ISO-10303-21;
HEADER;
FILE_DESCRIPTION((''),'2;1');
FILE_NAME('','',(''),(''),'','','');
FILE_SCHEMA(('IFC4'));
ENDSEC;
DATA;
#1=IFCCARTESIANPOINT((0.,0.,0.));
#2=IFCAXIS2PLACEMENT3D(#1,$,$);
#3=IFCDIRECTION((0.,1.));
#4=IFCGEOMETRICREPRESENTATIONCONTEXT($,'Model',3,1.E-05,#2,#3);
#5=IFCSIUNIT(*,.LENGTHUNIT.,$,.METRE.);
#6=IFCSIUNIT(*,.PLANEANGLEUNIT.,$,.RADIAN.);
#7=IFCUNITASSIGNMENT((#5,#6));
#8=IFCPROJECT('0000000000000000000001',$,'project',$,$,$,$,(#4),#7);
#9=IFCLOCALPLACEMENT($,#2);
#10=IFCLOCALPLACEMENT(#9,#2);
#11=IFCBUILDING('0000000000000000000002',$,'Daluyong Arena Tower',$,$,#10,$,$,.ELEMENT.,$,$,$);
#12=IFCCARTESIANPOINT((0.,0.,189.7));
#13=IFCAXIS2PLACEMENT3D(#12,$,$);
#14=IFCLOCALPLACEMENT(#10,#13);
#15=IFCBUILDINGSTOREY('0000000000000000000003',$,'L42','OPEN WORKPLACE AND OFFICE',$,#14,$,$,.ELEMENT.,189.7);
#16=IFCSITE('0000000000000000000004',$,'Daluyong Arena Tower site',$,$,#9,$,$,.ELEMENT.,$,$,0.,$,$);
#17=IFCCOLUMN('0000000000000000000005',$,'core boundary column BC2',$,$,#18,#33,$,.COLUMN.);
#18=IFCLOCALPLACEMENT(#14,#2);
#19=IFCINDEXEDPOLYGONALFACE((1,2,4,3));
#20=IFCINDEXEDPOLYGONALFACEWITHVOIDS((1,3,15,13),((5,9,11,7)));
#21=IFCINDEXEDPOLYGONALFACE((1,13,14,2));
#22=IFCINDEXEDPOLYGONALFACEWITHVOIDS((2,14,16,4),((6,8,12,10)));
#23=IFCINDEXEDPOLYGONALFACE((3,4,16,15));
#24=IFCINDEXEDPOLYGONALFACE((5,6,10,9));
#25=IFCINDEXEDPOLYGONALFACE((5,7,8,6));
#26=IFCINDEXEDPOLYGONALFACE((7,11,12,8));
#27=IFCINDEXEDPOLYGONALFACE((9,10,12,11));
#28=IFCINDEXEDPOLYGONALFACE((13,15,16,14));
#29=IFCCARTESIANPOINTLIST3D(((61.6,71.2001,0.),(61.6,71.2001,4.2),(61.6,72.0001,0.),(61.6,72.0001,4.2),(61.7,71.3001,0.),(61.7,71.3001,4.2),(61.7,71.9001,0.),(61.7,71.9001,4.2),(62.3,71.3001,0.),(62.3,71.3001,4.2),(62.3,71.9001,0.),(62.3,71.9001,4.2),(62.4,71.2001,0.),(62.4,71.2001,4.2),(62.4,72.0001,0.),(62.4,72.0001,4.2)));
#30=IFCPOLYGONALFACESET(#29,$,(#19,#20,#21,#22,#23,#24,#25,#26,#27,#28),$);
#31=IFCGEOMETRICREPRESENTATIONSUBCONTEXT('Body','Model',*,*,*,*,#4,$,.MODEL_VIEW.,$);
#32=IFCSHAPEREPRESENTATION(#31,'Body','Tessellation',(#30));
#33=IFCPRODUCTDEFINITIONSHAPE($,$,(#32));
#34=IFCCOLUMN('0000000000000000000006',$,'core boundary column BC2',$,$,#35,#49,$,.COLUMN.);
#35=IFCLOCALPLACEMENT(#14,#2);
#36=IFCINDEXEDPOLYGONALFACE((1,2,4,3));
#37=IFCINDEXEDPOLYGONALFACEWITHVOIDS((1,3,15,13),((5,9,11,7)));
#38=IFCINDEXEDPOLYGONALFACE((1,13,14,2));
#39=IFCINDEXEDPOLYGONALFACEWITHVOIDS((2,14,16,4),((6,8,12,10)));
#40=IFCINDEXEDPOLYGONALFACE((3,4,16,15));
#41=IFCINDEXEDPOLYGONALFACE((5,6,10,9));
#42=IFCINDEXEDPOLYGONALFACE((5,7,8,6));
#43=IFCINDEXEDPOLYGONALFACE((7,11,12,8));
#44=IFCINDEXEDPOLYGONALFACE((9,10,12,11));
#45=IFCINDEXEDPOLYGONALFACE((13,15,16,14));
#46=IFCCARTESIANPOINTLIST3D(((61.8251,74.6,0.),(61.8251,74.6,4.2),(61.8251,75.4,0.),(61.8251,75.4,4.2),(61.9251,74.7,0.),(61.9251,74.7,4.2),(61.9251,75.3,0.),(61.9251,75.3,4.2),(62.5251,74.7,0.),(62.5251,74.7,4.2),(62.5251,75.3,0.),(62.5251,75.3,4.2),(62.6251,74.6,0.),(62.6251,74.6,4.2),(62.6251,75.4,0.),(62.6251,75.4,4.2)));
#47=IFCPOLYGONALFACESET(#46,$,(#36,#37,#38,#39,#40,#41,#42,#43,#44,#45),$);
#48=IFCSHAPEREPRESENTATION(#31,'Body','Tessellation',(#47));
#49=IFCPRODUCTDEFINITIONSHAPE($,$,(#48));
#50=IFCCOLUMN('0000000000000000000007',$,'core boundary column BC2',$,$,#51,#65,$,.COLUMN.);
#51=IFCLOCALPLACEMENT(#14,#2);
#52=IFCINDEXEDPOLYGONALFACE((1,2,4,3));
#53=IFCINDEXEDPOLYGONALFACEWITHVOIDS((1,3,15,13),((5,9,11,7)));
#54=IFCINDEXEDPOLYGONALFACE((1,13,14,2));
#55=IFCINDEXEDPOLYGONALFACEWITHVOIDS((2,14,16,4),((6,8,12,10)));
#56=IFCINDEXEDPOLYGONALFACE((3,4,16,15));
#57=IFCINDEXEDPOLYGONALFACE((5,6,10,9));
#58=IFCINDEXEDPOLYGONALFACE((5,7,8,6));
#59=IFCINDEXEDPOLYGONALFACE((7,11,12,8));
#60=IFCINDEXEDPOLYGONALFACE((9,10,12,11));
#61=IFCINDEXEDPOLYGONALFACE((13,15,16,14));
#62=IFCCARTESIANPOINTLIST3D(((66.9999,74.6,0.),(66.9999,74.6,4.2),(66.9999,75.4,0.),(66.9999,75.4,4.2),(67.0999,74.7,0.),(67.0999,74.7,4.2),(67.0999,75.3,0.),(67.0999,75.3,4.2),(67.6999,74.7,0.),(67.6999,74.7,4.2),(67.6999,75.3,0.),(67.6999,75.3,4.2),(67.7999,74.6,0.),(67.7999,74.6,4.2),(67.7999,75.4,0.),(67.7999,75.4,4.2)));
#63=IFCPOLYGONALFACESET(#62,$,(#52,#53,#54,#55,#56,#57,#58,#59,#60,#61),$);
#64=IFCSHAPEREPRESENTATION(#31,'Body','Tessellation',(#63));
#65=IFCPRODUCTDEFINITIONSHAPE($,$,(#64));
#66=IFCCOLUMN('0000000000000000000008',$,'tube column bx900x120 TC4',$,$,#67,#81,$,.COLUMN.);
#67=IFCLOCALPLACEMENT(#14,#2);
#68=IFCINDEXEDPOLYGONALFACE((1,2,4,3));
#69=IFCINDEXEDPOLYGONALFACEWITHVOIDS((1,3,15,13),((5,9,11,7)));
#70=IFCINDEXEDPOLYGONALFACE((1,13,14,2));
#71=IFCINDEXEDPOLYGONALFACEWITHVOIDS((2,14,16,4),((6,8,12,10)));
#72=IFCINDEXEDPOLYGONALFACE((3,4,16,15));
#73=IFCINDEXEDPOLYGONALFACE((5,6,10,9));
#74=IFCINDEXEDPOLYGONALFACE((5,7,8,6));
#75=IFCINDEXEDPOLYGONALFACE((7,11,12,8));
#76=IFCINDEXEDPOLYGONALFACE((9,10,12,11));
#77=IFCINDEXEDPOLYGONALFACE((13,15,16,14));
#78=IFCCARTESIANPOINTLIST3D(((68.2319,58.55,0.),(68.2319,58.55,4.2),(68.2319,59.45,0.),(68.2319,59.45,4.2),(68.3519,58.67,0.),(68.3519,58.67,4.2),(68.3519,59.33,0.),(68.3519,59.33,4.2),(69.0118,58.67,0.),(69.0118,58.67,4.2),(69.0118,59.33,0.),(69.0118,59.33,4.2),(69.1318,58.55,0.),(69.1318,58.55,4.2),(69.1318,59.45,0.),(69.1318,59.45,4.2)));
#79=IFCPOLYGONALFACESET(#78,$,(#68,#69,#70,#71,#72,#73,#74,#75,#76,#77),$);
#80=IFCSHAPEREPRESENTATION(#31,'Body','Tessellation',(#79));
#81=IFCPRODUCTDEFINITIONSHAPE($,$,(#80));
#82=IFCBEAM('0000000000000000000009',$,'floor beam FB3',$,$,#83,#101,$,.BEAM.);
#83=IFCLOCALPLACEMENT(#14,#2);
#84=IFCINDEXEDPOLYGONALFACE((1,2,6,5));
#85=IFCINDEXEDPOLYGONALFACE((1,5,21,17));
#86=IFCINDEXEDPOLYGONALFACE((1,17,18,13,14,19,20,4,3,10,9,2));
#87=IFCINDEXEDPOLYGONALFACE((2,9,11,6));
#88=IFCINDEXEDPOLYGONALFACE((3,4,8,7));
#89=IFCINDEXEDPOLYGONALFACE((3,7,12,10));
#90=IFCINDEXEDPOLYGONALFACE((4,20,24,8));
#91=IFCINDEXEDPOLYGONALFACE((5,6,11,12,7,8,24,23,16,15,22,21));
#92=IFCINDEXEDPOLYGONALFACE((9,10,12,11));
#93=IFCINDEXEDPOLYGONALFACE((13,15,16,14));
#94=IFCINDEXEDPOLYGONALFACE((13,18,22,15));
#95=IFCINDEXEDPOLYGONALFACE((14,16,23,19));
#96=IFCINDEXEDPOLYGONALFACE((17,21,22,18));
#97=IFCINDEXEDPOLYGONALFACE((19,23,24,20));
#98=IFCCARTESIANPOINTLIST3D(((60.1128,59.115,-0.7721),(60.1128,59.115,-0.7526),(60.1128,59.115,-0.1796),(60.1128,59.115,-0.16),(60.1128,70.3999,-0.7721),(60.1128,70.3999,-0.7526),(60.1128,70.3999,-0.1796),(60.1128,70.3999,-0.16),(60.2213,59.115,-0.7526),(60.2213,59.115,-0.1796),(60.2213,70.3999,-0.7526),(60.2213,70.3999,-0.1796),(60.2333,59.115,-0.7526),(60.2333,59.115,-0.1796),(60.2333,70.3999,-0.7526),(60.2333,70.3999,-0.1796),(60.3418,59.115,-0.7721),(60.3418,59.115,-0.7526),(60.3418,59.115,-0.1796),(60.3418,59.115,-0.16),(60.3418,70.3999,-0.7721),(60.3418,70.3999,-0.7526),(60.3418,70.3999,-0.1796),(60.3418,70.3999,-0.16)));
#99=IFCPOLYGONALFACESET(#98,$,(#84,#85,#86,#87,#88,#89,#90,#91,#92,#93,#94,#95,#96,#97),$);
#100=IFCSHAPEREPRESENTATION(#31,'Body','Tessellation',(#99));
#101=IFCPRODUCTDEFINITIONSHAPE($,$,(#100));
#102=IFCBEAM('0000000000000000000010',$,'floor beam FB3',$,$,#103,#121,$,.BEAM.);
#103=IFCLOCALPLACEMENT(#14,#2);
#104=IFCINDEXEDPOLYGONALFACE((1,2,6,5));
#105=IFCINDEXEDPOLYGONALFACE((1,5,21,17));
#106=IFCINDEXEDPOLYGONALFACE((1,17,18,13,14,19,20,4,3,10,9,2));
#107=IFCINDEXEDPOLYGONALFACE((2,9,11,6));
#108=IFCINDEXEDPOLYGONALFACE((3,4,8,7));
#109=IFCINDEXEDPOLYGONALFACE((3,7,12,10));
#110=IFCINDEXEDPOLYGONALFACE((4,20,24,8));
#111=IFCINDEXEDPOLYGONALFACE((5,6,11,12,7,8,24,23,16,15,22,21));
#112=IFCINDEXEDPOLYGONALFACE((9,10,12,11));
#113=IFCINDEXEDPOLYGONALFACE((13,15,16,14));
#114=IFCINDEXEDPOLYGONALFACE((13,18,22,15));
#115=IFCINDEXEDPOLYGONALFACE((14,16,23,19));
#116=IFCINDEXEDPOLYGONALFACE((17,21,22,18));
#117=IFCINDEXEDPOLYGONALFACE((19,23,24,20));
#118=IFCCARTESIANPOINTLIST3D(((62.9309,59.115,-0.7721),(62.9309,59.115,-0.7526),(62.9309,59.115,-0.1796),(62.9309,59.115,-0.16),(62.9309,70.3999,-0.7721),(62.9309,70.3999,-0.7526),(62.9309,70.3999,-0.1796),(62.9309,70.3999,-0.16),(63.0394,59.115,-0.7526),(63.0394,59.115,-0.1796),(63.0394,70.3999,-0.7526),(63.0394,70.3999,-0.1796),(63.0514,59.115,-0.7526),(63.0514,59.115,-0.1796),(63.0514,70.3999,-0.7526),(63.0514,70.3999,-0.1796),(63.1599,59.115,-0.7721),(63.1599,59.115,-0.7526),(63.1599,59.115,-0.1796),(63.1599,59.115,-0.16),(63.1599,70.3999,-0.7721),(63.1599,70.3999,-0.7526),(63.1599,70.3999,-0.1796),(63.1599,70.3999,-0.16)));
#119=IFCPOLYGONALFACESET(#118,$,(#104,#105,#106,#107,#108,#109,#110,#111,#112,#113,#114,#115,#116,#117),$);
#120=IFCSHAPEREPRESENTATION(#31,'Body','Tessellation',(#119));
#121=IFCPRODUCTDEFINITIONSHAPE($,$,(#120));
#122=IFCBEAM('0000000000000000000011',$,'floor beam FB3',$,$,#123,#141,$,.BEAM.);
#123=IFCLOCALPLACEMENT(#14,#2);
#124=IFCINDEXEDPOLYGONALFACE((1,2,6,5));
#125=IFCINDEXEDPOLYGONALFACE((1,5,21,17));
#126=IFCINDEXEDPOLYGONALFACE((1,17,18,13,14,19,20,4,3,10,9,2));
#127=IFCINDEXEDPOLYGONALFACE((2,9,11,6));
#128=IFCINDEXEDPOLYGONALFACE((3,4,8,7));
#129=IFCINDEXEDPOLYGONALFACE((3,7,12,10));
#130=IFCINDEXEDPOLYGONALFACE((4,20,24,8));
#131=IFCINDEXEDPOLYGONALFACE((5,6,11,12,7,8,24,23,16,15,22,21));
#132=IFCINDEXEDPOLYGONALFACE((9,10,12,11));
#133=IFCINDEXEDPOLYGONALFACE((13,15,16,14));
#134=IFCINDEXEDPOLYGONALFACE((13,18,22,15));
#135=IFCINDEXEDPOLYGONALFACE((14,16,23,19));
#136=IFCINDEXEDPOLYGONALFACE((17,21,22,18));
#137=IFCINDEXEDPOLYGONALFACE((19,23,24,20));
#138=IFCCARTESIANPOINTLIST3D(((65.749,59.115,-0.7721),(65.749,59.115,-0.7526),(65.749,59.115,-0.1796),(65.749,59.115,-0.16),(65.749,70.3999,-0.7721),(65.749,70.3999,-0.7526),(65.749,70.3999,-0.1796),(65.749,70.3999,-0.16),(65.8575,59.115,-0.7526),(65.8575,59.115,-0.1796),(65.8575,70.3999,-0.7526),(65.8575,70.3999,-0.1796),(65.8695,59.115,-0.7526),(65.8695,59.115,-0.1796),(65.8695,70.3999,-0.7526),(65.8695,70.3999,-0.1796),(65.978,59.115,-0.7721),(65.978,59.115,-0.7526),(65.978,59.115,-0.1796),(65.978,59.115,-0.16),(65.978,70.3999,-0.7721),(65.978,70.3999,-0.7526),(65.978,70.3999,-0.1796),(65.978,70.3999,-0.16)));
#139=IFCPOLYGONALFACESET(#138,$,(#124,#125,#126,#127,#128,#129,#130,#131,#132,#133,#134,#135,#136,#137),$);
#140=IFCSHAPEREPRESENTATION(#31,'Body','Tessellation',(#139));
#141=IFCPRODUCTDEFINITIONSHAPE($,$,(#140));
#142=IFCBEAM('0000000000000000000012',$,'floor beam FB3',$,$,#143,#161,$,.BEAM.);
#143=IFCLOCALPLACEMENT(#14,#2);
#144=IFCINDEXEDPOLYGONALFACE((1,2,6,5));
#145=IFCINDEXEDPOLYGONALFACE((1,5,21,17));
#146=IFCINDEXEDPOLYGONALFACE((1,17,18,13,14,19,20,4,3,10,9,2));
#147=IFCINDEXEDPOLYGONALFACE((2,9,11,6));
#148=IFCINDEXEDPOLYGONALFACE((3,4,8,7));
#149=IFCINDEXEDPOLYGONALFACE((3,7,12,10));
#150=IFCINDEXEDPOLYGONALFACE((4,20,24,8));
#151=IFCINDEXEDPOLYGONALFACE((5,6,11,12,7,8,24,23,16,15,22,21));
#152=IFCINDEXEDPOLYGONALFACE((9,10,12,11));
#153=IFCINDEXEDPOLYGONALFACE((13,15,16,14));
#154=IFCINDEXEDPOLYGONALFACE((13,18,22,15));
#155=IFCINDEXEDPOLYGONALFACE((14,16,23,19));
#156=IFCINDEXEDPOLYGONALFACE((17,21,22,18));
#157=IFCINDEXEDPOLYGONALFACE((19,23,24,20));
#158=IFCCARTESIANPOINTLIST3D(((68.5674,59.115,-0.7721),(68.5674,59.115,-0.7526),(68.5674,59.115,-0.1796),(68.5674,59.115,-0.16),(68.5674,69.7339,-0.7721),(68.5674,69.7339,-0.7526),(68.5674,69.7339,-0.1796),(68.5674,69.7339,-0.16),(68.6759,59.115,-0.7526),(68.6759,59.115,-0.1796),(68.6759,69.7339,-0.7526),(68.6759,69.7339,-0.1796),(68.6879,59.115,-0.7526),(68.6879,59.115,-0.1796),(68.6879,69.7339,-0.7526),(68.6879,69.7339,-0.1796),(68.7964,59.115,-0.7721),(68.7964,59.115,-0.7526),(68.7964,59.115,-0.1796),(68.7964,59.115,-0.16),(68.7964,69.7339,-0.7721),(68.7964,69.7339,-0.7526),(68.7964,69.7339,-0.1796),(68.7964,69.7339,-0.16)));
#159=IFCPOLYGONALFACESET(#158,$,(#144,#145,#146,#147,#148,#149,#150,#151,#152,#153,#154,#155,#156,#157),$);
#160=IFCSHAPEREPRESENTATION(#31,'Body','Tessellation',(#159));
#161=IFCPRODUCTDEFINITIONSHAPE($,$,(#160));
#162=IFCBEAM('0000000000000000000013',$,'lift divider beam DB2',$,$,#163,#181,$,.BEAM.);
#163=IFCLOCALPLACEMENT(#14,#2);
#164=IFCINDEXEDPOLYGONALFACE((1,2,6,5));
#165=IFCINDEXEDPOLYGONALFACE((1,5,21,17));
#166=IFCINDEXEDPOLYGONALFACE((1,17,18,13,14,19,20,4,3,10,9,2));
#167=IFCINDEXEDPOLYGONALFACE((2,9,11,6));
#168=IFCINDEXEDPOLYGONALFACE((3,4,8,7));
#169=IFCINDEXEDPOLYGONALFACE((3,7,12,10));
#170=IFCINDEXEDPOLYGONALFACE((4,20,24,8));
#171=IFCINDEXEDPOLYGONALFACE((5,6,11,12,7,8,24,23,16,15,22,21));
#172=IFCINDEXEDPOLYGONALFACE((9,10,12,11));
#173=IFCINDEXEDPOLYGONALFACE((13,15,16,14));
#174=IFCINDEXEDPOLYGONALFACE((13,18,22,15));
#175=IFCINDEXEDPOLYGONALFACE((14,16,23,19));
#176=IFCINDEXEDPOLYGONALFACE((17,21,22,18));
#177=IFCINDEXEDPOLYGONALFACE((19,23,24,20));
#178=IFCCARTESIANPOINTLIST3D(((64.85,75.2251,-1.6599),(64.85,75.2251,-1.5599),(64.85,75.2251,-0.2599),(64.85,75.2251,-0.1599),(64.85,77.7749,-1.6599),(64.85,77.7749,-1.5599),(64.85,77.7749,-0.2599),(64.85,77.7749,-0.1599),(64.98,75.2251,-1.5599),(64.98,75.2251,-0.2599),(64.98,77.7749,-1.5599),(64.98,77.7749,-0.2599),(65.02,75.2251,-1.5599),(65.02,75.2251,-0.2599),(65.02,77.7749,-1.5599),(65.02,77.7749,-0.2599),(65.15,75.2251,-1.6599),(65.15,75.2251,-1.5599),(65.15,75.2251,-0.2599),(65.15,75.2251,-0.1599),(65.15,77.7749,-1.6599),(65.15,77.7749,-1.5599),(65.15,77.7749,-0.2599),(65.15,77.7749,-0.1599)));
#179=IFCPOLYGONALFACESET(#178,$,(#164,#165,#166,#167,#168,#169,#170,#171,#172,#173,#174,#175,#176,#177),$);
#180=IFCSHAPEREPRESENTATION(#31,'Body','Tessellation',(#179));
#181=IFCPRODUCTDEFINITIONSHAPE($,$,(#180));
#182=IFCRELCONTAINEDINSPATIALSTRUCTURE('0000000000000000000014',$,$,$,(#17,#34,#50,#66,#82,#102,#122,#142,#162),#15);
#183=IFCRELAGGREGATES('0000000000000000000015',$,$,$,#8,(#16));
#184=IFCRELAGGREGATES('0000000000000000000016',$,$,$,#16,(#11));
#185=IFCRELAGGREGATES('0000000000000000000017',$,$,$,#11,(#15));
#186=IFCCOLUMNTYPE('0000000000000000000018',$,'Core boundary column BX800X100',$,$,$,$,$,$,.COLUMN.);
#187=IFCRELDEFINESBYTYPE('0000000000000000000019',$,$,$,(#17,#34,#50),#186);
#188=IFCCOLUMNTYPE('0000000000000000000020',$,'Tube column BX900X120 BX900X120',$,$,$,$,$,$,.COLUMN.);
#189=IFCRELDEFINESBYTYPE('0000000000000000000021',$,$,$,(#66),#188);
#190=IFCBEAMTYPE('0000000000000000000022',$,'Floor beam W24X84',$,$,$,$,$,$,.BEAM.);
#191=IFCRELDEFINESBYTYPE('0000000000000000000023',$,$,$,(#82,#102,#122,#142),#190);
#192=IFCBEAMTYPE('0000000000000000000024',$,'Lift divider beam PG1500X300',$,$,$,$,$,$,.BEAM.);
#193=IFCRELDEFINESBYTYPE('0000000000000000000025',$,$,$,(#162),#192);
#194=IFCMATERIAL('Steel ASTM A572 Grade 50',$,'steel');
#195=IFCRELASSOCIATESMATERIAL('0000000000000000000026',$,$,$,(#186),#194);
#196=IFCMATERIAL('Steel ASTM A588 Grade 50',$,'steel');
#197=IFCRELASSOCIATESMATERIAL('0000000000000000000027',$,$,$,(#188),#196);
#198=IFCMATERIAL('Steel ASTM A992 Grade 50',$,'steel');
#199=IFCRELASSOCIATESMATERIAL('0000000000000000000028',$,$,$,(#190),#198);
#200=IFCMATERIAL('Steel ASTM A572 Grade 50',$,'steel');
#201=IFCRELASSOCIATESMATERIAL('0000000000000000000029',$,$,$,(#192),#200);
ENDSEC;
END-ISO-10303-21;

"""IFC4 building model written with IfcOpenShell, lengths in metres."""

from ifc_helpers import new_model, si_unit, direction, frame, origin, origin_2d, place, context, subcontext, project, spatial, hollow_rectangle, i_section, extrude, material, material_profile, profile_set, type_object, element, save


model = new_model("IFC4")

# Units and contexts
model_context = context("Model", 3, precision=1e-05, world=origin(), true_north=direction((0.0, 1.0)))
body_context = subcontext(model_context, "Body", "Model", "MODEL_VIEW")
ifc_project = project(units=[si_unit("LENGTHUNIT", "METRE"), si_unit("PLANEANGLEUNIT", "RADIAN")], contexts=[model_context])

# Site, building, storey
site_placement = place(None, origin())
site = spatial("IfcSite", under=ifc_project, at=site_placement, Name="Daluyong Arena Tower site", CompositionType="ELEMENT", RefElevation=0.0)
building_placement = place(site_placement, origin())
building = spatial("IfcBuilding", under=site, at=building_placement, Name="Daluyong Arena Tower", CompositionType="ELEMENT")
storey_placement = place(building_placement, frame((0.0, 0.0, 189.7)))
storey = spatial("IfcBuildingStorey", under=building, at=storey_placement, Name="L42", Description="OPEN WORKPLACE AND OFFICE", CompositionType="ELEMENT", Elevation=189.7)

# Columns
ifc_material_1 = material(Name="Steel ASTM A572 Grade 50", Category="steel")
ifc_material_profile_1 = material_profile(ifc_material_1, hollow_rectangle(XDim=0.8, YDim=0.8, WallThickness=0.1, at=origin_2d()))
ifc_profile_set_1 = profile_set([ifc_material_profile_1], Name="Steel ASTM A572 Grade 50")
column_type_1 = type_object("IfcColumnType", Name="Core boundary column BX800X100", PredefinedType="COLUMN", material=ifc_profile_set_1)
for number, where, z_axis, x_axis, name in (
    (1, (62.0, 71.6001, 0.0), (0.0, 0.0, 1.0), (1.0, 0.0, 0.0), "core boundary column BC2"),
    (2, (62.2251, 75.0, 0.0), (0.0, 0.0, 1.0), (1.0, 0.0, 0.0), "core boundary column BC2"),
    (3, (67.3999, 75.0, 0.0), (0.0, 0.0, 1.0), (1.0, 0.0, 0.0), "core boundary column BC2"),
):
    element("IfcColumn", number, at=place(storey_placement, frame(where, z_axis=z_axis, x_axis=x_axis)), inside=storey, type_object=column_type_1, Name=name, PredefinedType="COLUMN", context=body_context, shape_type="SweptSolid", body=[
        extrude(hollow_rectangle(XDim=0.8, YDim=0.8, WallThickness=0.1, at=origin_2d()), origin(), (0.0, 0.0, 1.0), 4.2),
    ])
ifc_material_2 = material(Name="Steel ASTM A588 Grade 50", Category="steel")
ifc_material_profile_2 = material_profile(ifc_material_2, hollow_rectangle(XDim=0.8999, YDim=0.8999, WallThickness=0.12, at=origin_2d()))
ifc_profile_set_2 = profile_set([ifc_material_profile_2], Name="Steel ASTM A588 Grade 50")
column_type_2 = type_object("IfcColumnType", Name="Tube column BX900X120 BX900X120", PredefinedType="COLUMN", material=ifc_profile_set_2)
column_placement = place(storey_placement, frame((68.6819, 59.0, 0.0), z_axis=(0.0, 0.0, 1.0), x_axis=(1.0, 0.0, 0.0)))
element("IfcColumn", 4, at=column_placement, inside=storey, type_object=column_type_2, Name="tube column bx900x120 TC4", PredefinedType="COLUMN", context=body_context, shape_type="SweptSolid", body=[
    extrude(hollow_rectangle(XDim=0.8999, YDim=0.8999, WallThickness=0.12, at=origin_2d()), origin(), (0.0, 0.0, 1.0), 4.2),
])

# Beams
ifc_material_3 = material(Name="Steel ASTM A992 Grade 50", Category="steel")
ifc_material_profile_3 = material_profile(ifc_material_3, i_section(OverallWidth=0.229, OverallDepth=0.6121, WebThickness=0.012, FlangeThickness=0.0195, at=origin_2d()))
ifc_profile_set_3 = profile_set([ifc_material_profile_3], Name="Steel ASTM A992 Grade 50")
beam_type_1 = type_object("IfcBeamType", Name="Floor beam W24X84", PredefinedType="BEAM", material=ifc_profile_set_3)
for number, where, z_axis, x_axis, name in (
    (5, (60.2273, 59.115, -0.4661), (0.0, 1.0, 0.0), (-1.0, 0.0, 0.0), "floor beam FB3"),
    (6, (63.0454, 59.115, -0.4661), (0.0, 1.0, 0.0), (-1.0, 0.0, 0.0), "floor beam FB3"),
    (7, (65.8635, 59.115, -0.4661), (0.0, 1.0, 0.0), (-1.0, 0.0, 0.0), "floor beam FB3"),
):
    element("IfcBeam", number, at=place(storey_placement, frame(where, z_axis=z_axis, x_axis=x_axis)), inside=storey, type_object=beam_type_1, Name=name, PredefinedType="BEAM", context=body_context, shape_type="SweptSolid", body=[
        extrude(i_section(OverallWidth=0.229, OverallDepth=0.6121, WebThickness=0.012, FlangeThickness=0.0195, at=origin_2d()), origin(), (0.0, 0.0, 1.0), 11.2849),
    ])
beam_1_placement = place(storey_placement, frame((68.6819, 59.115, -0.4661), z_axis=(0.0, 1.0, 0.0), x_axis=(-1.0, 0.0, 0.0)))
element("IfcBeam", 8, at=beam_1_placement, inside=storey, type_object=beam_type_1, Name="floor beam FB3", PredefinedType="BEAM", context=body_context, shape_type="SweptSolid", body=[
    extrude(i_section(OverallWidth=0.229, OverallDepth=0.6121, WebThickness=0.012, FlangeThickness=0.0195, at=origin_2d()), origin(), (0.0, 0.0, 1.0), 10.6189),
])
ifc_material_4 = material(Name="Steel ASTM A572 Grade 50", Category="steel")
ifc_material_profile_4 = material_profile(ifc_material_4, i_section(OverallWidth=0.3, OverallDepth=1.5, WebThickness=0.04, FlangeThickness=0.1, at=origin_2d()))
ifc_profile_set_4 = profile_set([ifc_material_profile_4], Name="Steel ASTM A572 Grade 50")
beam_type_2 = type_object("IfcBeamType", Name="Lift divider beam PG1500X300", PredefinedType="BEAM", material=ifc_profile_set_4)
beam_2_placement = place(storey_placement, frame((65.0, 75.2251, -0.9099), z_axis=(0.0, 1.0, 0.0), x_axis=(-1.0, 0.0, 0.0)))
element("IfcBeam", 9, at=beam_2_placement, inside=storey, type_object=beam_type_2, Name="lift divider beam DB2", PredefinedType="BEAM", context=body_context, shape_type="SweptSolid", body=[
    extrude(i_section(OverallWidth=0.3, OverallDepth=1.5, WebThickness=0.04, FlangeThickness=0.1, at=origin_2d()), origin(), (0.0, 0.0, 1.0), 2.5498),
])

save(model, "model.ifc")
